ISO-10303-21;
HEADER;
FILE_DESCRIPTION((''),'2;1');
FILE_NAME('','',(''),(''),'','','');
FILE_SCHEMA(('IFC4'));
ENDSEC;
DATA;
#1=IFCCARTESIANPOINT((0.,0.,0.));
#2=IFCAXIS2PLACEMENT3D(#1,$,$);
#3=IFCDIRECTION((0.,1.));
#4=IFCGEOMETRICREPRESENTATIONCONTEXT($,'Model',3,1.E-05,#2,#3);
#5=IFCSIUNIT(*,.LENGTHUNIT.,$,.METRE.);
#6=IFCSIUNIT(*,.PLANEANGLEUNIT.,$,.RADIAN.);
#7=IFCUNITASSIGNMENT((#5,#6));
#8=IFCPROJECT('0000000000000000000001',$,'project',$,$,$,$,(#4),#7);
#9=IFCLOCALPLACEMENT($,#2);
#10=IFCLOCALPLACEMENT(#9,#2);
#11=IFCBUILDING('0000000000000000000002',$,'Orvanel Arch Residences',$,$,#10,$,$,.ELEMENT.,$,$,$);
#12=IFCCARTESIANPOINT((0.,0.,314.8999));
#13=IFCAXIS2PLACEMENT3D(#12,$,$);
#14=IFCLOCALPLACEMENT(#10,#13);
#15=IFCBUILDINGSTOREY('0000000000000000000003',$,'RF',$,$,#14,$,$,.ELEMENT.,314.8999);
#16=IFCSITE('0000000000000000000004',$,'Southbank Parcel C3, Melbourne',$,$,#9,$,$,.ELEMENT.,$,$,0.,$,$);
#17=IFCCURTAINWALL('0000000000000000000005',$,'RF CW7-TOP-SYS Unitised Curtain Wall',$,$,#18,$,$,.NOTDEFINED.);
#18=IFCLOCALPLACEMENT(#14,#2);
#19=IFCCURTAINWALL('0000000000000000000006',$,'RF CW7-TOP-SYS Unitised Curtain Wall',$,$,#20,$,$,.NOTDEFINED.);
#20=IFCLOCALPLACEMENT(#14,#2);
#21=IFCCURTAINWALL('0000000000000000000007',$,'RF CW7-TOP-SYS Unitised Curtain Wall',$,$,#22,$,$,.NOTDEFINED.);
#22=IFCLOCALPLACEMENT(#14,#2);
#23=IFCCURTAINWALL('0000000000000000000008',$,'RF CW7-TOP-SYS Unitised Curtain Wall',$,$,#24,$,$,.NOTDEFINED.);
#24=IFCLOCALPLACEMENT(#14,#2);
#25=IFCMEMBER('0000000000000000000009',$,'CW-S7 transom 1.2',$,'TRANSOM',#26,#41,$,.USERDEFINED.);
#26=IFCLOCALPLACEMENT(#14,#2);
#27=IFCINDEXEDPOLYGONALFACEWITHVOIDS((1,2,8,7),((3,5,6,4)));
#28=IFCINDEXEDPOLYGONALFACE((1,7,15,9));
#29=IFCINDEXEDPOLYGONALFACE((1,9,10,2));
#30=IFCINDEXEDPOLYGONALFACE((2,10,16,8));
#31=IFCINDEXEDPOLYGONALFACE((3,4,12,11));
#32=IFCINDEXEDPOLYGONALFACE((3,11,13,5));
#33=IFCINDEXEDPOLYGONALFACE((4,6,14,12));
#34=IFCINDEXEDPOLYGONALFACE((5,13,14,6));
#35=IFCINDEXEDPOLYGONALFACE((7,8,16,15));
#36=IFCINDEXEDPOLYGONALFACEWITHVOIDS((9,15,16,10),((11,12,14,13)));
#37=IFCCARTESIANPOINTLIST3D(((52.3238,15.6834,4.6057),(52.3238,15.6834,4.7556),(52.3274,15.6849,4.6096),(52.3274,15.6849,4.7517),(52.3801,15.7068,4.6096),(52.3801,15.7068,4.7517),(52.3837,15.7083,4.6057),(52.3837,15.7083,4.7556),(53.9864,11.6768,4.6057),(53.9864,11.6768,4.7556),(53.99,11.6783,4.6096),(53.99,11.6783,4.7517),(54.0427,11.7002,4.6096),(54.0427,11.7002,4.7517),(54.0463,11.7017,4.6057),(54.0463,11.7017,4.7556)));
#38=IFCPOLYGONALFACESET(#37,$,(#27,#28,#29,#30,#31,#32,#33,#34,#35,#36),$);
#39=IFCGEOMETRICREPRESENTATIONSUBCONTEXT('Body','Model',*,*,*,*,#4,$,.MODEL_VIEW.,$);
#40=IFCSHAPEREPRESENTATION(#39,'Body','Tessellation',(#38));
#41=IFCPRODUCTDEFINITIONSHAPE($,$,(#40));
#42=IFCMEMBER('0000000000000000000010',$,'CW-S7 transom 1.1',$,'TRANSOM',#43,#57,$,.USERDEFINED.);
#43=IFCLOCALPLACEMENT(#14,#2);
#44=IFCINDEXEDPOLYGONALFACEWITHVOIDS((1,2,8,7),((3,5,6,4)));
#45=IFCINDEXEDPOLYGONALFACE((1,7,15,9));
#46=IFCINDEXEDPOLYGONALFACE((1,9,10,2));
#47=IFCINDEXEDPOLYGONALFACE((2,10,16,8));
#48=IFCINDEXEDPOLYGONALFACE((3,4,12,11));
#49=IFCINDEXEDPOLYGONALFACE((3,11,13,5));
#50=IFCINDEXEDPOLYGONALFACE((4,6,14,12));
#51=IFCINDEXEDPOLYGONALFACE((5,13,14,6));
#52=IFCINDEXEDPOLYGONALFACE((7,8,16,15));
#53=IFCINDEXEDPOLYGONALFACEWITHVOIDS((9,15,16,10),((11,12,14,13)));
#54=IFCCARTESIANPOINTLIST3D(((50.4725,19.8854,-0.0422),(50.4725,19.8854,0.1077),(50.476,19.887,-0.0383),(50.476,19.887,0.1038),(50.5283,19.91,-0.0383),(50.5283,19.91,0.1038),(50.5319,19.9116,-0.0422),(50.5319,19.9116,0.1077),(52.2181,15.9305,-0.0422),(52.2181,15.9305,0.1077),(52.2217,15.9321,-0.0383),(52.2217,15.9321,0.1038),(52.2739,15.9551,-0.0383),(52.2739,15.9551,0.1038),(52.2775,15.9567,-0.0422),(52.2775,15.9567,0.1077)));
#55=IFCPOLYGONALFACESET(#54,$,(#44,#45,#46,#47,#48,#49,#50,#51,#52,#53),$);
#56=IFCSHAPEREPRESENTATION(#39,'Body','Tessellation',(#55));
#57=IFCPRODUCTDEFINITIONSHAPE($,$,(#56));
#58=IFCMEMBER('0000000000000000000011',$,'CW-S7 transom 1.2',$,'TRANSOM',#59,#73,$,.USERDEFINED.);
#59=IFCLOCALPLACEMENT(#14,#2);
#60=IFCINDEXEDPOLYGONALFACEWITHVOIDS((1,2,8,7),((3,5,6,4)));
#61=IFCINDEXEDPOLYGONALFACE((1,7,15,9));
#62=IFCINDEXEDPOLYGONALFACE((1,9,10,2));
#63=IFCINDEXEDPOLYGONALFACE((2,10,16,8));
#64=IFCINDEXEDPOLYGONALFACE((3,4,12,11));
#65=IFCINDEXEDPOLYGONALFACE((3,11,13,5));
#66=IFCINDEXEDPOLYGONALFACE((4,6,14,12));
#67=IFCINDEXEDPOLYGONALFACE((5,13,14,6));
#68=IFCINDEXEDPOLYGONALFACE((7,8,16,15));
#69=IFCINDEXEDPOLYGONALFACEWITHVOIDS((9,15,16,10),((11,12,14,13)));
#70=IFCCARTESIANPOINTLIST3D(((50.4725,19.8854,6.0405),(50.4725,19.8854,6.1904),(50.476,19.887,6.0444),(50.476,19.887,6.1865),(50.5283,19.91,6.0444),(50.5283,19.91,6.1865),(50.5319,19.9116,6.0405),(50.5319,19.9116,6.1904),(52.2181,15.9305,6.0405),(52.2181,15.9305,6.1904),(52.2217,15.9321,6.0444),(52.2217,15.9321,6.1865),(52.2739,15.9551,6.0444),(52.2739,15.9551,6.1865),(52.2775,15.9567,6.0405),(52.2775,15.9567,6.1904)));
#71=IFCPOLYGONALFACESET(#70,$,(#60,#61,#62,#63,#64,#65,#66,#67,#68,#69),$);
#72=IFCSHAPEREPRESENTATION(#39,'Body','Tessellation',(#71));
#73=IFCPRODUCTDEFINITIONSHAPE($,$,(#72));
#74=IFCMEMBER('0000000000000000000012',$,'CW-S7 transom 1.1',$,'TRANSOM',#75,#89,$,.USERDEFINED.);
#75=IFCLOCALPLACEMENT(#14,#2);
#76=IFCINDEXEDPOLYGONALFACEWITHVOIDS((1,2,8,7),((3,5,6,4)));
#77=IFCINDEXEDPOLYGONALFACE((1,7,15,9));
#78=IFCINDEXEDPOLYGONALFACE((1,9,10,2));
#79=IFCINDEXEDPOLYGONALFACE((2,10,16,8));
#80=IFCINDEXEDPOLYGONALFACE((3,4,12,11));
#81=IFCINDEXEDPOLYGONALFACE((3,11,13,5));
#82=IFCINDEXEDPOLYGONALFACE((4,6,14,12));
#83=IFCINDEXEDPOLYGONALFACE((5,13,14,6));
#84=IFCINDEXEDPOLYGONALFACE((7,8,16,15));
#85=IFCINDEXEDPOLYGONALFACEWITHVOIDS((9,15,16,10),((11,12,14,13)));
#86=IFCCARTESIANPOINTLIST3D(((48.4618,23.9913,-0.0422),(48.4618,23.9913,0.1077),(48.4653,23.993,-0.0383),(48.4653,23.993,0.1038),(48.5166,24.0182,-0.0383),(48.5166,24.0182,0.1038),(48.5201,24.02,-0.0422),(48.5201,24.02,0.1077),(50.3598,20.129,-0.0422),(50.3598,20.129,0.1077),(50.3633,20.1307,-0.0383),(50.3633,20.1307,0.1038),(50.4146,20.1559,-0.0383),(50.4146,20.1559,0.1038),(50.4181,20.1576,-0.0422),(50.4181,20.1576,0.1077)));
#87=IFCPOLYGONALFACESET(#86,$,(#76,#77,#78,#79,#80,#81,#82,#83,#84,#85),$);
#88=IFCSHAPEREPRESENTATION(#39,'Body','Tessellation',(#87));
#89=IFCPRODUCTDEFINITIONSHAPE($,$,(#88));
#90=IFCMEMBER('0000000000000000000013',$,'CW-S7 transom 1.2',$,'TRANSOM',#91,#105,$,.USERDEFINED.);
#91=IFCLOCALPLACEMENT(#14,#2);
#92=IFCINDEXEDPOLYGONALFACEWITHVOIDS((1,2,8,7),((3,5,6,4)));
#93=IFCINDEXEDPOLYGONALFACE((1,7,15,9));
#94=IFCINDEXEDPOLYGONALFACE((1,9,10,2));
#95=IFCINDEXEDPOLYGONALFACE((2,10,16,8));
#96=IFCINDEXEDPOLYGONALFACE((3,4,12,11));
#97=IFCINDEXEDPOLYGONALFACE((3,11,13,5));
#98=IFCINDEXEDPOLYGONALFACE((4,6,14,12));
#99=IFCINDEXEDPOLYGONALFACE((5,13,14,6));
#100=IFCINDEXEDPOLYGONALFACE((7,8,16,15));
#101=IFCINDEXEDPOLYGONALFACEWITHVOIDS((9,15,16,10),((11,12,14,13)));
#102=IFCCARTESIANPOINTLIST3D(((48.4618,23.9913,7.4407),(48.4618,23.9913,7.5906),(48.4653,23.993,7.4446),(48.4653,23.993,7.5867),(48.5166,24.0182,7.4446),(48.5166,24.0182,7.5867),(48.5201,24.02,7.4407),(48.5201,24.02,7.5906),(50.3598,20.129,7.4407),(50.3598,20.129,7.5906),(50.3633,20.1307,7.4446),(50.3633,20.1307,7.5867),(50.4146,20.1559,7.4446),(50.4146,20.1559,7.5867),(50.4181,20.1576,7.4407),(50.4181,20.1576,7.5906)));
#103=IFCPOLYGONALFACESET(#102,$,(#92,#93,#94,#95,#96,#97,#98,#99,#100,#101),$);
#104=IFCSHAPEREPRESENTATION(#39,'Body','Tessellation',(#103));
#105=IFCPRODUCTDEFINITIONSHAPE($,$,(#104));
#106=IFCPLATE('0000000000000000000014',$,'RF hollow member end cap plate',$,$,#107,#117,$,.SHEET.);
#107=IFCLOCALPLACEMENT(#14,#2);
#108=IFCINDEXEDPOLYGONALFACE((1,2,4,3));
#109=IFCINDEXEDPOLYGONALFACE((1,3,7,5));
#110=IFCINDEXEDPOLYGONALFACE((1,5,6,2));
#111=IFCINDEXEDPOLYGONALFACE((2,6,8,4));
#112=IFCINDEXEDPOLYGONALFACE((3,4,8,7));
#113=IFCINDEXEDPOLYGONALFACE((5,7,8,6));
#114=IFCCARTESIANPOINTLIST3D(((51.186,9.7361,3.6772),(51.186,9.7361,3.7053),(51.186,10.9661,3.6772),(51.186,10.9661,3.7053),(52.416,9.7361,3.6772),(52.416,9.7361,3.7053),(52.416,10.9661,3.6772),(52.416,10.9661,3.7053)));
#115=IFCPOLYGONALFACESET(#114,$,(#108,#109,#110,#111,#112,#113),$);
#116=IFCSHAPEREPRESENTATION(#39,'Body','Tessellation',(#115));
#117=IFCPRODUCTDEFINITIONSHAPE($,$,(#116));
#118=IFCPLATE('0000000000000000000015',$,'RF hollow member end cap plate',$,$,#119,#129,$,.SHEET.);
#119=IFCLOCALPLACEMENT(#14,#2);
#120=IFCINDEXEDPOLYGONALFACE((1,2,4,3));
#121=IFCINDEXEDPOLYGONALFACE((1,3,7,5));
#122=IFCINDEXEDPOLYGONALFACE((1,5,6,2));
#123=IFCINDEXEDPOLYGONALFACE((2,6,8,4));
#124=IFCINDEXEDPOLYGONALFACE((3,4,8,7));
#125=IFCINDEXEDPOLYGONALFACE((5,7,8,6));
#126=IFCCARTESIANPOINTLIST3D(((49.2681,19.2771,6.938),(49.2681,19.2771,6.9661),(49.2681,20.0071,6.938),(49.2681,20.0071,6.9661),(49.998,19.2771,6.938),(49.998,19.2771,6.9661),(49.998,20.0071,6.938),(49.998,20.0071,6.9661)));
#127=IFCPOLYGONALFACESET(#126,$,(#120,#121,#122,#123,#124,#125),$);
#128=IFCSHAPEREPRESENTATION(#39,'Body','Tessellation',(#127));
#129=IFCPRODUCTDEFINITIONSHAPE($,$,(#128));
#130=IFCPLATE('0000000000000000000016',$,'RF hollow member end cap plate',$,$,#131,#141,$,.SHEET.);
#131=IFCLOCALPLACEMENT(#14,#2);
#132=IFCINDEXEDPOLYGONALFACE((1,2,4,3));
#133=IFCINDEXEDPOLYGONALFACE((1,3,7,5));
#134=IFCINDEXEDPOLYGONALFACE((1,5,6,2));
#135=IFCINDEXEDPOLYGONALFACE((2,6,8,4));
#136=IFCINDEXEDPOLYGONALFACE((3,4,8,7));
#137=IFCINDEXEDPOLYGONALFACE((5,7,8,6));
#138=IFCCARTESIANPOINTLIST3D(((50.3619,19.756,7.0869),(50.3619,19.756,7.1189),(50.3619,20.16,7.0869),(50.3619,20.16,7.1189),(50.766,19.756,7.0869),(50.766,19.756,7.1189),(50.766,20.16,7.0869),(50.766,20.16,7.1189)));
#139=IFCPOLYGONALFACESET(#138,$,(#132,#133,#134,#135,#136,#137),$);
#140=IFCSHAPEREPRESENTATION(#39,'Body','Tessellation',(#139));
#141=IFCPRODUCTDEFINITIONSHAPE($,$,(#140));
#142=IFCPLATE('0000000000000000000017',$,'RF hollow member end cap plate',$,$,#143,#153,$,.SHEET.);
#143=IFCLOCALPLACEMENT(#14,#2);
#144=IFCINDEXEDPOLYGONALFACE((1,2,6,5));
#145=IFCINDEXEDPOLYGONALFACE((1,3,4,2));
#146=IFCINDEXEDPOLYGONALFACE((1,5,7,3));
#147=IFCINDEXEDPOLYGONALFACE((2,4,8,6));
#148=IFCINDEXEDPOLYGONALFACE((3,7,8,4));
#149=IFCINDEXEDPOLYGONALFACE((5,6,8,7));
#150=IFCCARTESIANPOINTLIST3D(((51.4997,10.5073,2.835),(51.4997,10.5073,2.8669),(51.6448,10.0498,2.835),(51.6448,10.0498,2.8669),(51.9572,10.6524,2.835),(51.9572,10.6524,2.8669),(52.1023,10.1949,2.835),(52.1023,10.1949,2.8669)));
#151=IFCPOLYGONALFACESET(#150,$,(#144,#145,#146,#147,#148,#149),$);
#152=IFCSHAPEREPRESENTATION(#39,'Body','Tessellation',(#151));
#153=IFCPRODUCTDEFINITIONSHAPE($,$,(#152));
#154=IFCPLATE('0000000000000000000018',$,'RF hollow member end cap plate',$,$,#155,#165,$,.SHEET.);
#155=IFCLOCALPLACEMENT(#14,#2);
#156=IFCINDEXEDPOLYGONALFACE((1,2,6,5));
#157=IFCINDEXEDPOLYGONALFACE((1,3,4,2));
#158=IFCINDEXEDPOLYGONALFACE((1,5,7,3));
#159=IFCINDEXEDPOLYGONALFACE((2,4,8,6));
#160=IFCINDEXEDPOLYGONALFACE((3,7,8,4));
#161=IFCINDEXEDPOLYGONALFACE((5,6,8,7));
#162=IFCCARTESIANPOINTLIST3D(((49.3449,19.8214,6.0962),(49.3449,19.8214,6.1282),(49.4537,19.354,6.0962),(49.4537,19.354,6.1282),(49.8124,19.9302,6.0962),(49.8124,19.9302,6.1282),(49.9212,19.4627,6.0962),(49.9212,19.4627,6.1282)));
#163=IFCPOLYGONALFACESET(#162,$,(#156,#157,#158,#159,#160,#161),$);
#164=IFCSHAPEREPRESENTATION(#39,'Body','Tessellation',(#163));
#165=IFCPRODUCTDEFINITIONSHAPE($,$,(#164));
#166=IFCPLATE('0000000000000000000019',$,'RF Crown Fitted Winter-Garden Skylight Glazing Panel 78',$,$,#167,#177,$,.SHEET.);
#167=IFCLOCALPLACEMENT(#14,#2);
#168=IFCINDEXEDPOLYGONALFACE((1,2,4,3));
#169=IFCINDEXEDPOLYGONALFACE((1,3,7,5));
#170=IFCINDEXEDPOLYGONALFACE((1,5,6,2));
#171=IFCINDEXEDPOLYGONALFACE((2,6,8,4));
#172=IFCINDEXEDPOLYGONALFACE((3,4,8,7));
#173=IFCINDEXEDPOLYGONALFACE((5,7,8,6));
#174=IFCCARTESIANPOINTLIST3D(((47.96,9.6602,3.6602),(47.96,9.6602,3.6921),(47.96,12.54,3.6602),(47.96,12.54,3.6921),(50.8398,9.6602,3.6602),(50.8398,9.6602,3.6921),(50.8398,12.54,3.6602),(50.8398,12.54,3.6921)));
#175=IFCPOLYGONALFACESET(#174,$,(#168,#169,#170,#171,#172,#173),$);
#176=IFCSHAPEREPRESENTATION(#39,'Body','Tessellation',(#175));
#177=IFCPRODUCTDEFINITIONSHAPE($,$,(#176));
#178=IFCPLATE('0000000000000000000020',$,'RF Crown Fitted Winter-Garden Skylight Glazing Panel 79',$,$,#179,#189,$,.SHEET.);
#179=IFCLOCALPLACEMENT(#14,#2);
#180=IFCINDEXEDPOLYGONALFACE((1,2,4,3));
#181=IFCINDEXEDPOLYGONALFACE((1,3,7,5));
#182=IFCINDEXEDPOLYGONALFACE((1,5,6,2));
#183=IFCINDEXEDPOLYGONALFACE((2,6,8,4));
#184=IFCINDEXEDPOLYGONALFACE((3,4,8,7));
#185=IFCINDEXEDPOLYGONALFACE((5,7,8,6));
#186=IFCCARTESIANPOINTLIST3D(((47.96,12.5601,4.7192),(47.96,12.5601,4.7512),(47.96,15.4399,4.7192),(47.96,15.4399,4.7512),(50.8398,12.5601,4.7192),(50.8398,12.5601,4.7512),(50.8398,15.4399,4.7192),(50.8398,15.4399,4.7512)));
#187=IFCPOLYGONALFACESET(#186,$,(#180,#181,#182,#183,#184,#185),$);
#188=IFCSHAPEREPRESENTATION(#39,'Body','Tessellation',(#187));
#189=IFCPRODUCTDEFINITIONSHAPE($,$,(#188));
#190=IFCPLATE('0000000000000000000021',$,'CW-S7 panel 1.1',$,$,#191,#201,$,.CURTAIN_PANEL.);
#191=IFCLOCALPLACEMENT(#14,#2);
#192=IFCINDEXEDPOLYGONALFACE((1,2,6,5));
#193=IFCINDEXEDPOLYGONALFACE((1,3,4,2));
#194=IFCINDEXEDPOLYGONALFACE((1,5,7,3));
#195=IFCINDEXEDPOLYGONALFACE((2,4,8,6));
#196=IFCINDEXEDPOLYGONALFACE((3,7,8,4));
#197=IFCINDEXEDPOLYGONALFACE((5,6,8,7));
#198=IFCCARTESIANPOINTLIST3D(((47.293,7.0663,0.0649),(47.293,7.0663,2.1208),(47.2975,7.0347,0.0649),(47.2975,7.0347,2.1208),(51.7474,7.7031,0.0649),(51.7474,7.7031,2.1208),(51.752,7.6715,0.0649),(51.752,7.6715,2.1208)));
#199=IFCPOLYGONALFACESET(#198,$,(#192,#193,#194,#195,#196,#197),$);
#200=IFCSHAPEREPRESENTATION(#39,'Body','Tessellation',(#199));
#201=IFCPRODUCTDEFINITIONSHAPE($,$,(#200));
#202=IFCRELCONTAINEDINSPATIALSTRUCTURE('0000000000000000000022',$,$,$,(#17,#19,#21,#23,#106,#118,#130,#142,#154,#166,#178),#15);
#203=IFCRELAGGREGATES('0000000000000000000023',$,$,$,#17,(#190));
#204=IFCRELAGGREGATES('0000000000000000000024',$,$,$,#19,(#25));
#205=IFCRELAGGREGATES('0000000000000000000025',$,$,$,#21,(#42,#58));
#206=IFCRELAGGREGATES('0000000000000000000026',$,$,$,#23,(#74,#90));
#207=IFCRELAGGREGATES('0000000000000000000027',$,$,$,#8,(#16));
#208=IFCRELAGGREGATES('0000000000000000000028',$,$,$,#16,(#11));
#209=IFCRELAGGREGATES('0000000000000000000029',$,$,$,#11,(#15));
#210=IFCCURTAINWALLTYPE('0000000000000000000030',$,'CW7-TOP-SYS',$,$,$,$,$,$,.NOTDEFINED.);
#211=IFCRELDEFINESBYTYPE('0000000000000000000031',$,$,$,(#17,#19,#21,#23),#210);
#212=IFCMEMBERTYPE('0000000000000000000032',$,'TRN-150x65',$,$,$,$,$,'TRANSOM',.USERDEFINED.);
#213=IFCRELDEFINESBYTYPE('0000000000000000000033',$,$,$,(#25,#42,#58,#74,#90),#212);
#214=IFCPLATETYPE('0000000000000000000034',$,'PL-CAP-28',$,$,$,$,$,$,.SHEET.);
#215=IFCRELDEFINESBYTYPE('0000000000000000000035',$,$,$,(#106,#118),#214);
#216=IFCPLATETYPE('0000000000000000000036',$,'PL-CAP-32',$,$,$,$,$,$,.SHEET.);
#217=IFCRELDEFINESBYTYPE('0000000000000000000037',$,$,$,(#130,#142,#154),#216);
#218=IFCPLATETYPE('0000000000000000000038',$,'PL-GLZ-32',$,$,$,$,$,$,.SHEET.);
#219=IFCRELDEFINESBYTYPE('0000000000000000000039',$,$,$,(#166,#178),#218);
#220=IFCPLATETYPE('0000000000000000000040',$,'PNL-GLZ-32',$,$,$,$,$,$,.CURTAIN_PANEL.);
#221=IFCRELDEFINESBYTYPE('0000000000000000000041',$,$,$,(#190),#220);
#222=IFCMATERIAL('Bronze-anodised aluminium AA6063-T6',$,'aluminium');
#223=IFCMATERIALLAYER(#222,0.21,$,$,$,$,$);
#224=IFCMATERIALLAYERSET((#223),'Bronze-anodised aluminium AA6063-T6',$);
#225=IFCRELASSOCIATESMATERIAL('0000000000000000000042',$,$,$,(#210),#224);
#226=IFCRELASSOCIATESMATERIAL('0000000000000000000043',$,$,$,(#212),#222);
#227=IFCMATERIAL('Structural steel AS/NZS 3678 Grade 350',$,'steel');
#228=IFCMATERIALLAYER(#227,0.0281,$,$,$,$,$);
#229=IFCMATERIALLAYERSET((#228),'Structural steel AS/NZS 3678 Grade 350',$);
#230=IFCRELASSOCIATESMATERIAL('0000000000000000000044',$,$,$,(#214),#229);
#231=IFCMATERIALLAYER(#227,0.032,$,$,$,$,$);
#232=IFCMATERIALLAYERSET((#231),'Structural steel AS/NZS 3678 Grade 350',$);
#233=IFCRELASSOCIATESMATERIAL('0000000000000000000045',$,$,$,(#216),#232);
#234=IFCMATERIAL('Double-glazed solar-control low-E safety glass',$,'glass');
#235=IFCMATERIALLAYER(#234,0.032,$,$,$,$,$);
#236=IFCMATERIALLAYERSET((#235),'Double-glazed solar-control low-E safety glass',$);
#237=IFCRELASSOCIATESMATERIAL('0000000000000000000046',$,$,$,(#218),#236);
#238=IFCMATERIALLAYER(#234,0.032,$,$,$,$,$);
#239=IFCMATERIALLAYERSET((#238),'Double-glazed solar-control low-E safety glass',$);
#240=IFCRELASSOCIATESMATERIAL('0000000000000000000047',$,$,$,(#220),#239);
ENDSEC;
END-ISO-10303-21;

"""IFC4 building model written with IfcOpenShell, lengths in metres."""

from ifc_helpers import new_model, si_unit, direction, frame, origin, origin_2d, place, context, subcontext, project, spatial, rectangle, hollow_rectangle, extrude, material, layer, layer_set, material_profile, profile_set, type_object, element, aggregate, save


model = new_model("IFC4")

# Units and contexts
model_context = context("Model", 3, precision=1e-05, world=origin(), true_north=direction((0.0, 1.0)))
body_context = subcontext(model_context, "Body", "Model", "MODEL_VIEW")
ifc_project = project(units=[si_unit("LENGTHUNIT", "METRE"), si_unit("PLANEANGLEUNIT", "RADIAN")], contexts=[model_context])

# Site, building, storey
site_placement = place(None, origin())
site = spatial("IfcSite", under=ifc_project, at=site_placement, Name="Southbank Parcel C3, Melbourne", CompositionType="ELEMENT", RefElevation=0.0)
building_placement = place(site_placement, origin())
building = spatial("IfcBuilding", under=site, at=building_placement, Name="Orvanel Arch Residences", CompositionType="ELEMENT")
storey_placement = place(building_placement, frame((0.0, 0.0, 314.8999)))
storey = spatial("IfcBuildingStorey", under=building, at=storey_placement, Name="RF", CompositionType="ELEMENT", Elevation=314.8999)

# Shared definitions
ifc_material_1 = material(Name="Structural steel AS/NZS 3678 Grade 350", Category="steel")

# Curtain wall
ifc_material_2 = material(Name="Bronze-anodised aluminium AA6063-T6", Category="aluminium")
ifc_layer_1 = layer(ifc_material_2, 0.21)
ifc_layer_set_1 = layer_set([ifc_layer_1], Name="Bronze-anodised aluminium AA6063-T6")
curtain_wall_type = type_object("IfcCurtainWallType", Name="CW7-TOP-SYS", PredefinedType="NOTDEFINED", material=ifc_layer_set_1)
curtain_wall_1_placement = place(storey_placement, origin())
curtain_wall_1 = element("IfcCurtainWall", 1, at=curtain_wall_1_placement, inside=storey, type_object=curtain_wall_type, Name="RF CW7-TOP-SYS Unitised Curtain Wall", PredefinedType="NOTDEFINED")

# Curtain walls
curtain_wall_2_placement = place(storey_placement, origin())
curtain_wall_2 = element("IfcCurtainWall", 2, at=curtain_wall_2_placement, inside=storey, type_object=curtain_wall_type, Name="RF CW7-TOP-SYS Unitised Curtain Wall", PredefinedType="NOTDEFINED")
curtain_wall_3_placement = place(storey_placement, origin())
curtain_wall_3 = element("IfcCurtainWall", 3, at=curtain_wall_3_placement, inside=storey, type_object=curtain_wall_type, Name="RF CW7-TOP-SYS Unitised Curtain Wall", PredefinedType="NOTDEFINED")

# Curtain wall
curtain_wall_4_placement = place(storey_placement, origin())
curtain_wall_4 = element("IfcCurtainWall", 4, at=curtain_wall_4_placement, inside=storey, type_object=curtain_wall_type, Name="RF CW7-TOP-SYS Unitised Curtain Wall", PredefinedType="NOTDEFINED")

# Members
ifc_material_profile_1 = material_profile(ifc_material_2, hollow_rectangle(XDim=0.0649, YDim=0.1499, WallThickness=0.0039, at=origin_2d()), Name="ALU150x65x4")
ifc_profile_set_1 = profile_set([ifc_material_profile_1], Name="Bronze-anodised aluminium AA6063-T6")
member_type_1 = type_object("IfcMemberType", Name="TRN-150x65", ElementType="TRANSOM", PredefinedType="USERDEFINED", material=ifc_profile_set_1)
member_1_placement = place(storey_placement, frame((54.0164, 11.6892, 4.6807), z_axis=(-0.383276, 0.923634, 0.0), x_axis=(-0.923634, -0.383276, 0.0)))
member_1 = element("IfcMember", 5, at=member_1_placement, type_object=member_type_1, Name="CW-S7 transom 1.2", ObjectType="TRANSOM", PredefinedType="USERDEFINED", context=body_context, shape_type="SweptSolid", body=[
    extrude(hollow_rectangle(XDim=0.0649, YDim=0.1499, WallThickness=0.0039, at=origin_2d()), origin(), (0.0, 0.0, 1.0), 4.3379),
])
member_2_placement = place(storey_placement, frame((52.2478, 15.9436, 0.0327), z_axis=(-0.4038, 0.914847, 0.0), x_axis=(-0.914847, -0.4038, 0.0)))
member_2 = element("IfcMember", 6, at=member_2_placement, type_object=member_type_1, Name="CW-S7 transom 1.1", ObjectType="TRANSOM", PredefinedType="USERDEFINED", context=body_context, shape_type="SweptSolid", body=[
    extrude(hollow_rectangle(XDim=0.0649, YDim=0.1499, WallThickness=0.0039, at=origin_2d()), origin(), (0.0, 0.0, 1.0), 4.323),
])
member_3_placement = place(storey_placement, frame((52.2478, 15.9436, 6.1155), z_axis=(-0.4038, 0.914847, 0.0), x_axis=(-0.914847, -0.4038, 0.0)))
member_3 = element("IfcMember", 7, at=member_3_placement, type_object=member_type_1, Name="CW-S7 transom 1.2", ObjectType="TRANSOM", PredefinedType="USERDEFINED", context=body_context, shape_type="SweptSolid", body=[
    extrude(hollow_rectangle(XDim=0.0649, YDim=0.1499, WallThickness=0.0039, at=origin_2d()), origin(), (0.0, 0.0, 1.0), 4.323),
])
member_4_placement = place(storey_placement, frame((50.3889, 20.1433, 0.0327), z_axis=(-0.441031, 0.897492, 0.0), x_axis=(-0.897492, -0.441031, 0.0)))
member_4 = element("IfcMember", 8, at=member_4_placement, type_object=member_type_1, Name="CW-S7 transom 1.1", ObjectType="TRANSOM", PredefinedType="USERDEFINED", context=body_context, shape_type="SweptSolid", body=[
    extrude(hollow_rectangle(XDim=0.0649, YDim=0.1499, WallThickness=0.0039, at=origin_2d()), origin(), (0.0, 0.0, 1.0), 4.3035),
])
member_5_placement = place(storey_placement, frame((50.3889, 20.1433, 7.5156), z_axis=(-0.441031, 0.897492, 0.0), x_axis=(-0.897492, -0.441031, 0.0)))
member_5 = element("IfcMember", 9, at=member_5_placement, type_object=member_type_1, Name="CW-S7 transom 1.2", ObjectType="TRANSOM", PredefinedType="USERDEFINED", context=body_context, shape_type="SweptSolid", body=[
    extrude(hollow_rectangle(XDim=0.0649, YDim=0.1499, WallThickness=0.0039, at=origin_2d()), origin(), (0.0, 0.0, 1.0), 4.3035),
])

# Plates
ifc_layer_2 = layer(ifc_material_1, 0.0281)
ifc_layer_set_2 = layer_set([ifc_layer_2], Name="Structural steel AS/NZS 3678 Grade 350")
plate_type_1 = type_object("IfcPlateType", Name="PL-CAP-28", PredefinedType="SHEET", material=ifc_layer_set_2)
plate_1_placement = place(storey_placement, frame((51.801, 10.3511, 3.6772), z_axis=(0.0, 0.0, 1.0), x_axis=(1.0, 0.0, 0.0)))
element("IfcPlate", 10, at=plate_1_placement, inside=storey, type_object=plate_type_1, Name="RF hollow member end cap plate", PredefinedType="SHEET", context=body_context, shape_type="SweptSolid", body=[
    extrude(rectangle(XDim=1.23, YDim=1.23, at=origin_2d()), origin(), (0.0, 0.0, 1.0), 0.0281),
])
plate_2_placement = place(storey_placement, frame((49.6331, 19.6421, 6.938), z_axis=(0.0, 0.0, 1.0), x_axis=(1.0, 0.0, 0.0)))
element("IfcPlate", 11, at=plate_2_placement, inside=storey, type_object=plate_type_1, Name="RF hollow member end cap plate", PredefinedType="SHEET", context=body_context, shape_type="SweptSolid", body=[
    extrude(rectangle(XDim=0.73, YDim=0.73, at=origin_2d()), origin(), (0.0, 0.0, 1.0), 0.0281),
])
ifc_layer_3 = layer(ifc_material_1, 0.032)
ifc_layer_set_3 = layer_set([ifc_layer_3], Name="Structural steel AS/NZS 3678 Grade 350")
plate_type_2 = type_object("IfcPlateType", Name="PL-CAP-32", PredefinedType="SHEET", material=ifc_layer_set_3)
plate_3_placement = place(storey_placement, frame((50.564, 19.958, 7.0869), z_axis=(0.0, 0.0, 1.0), x_axis=(1.0, 0.0, 0.0)))
element("IfcPlate", 12, at=plate_3_placement, inside=storey, type_object=plate_type_2, Name="RF hollow member end cap plate", PredefinedType="SHEET", context=body_context, shape_type="SweptSolid", body=[
    extrude(rectangle(XDim=0.4041, YDim=0.4041, at=origin_2d()), origin(), (0.0, 0.0, 1.0), 0.032),
])
for number, where, z_axis, x_axis, name in (
    (13, (51.801, 10.3511, 2.835), (0.0, 0.0, 1.0), (0.953191, 0.30237, 0.0), "RF hollow member end cap plate"),
    (14, (49.6331, 19.6421, 6.0962), (0.0, 0.0, 1.0), (-0.226651, 0.973976, 0.0), "RF hollow member end cap plate"),
):
    element("IfcPlate", number, at=place(storey_placement, frame(where, z_axis=z_axis, x_axis=x_axis)), inside=storey, type_object=plate_type_2, Name=name, PredefinedType="SHEET", context=body_context, shape_type="SweptSolid", body=[
        extrude(rectangle(XDim=0.48, YDim=0.48, at=origin_2d()), origin(), (0.0, 0.0, 1.0), 0.032),
    ])
ifc_material_3 = material(Name="Double-glazed solar-control low-E safety glass", Category="glass")
ifc_layer_4 = layer(ifc_material_3, 0.032)
ifc_layer_set_4 = layer_set([ifc_layer_4], Name="Double-glazed solar-control low-E safety glass")
plate_type_3 = type_object("IfcPlateType", Name="PL-GLZ-32", PredefinedType="SHEET", material=ifc_layer_set_4)
for number, where, z_axis, x_axis, name in (
    (15, (49.3999, 11.1001, 3.6602), (0.0, 0.0, 1.0), (1.0, 0.0, 0.0), "RF Crown Fitted Winter-Garden Skylight Glazing Panel 78"),
    (16, (49.3999, 14.0, 4.7192), (0.0, 0.0, 1.0), (1.0, 0.0, 0.0), "RF Crown Fitted Winter-Garden Skylight Glazing Panel 79"),
):
    element("IfcPlate", number, at=place(storey_placement, frame(where, z_axis=z_axis, x_axis=x_axis)), inside=storey, type_object=plate_type_3, Name=name, PredefinedType="SHEET", context=body_context, shape_type="SweptSolid", body=[
        extrude(rectangle(XDim=2.8799, YDim=2.8799, at=origin_2d()), origin(), (0.0, 0.0, 1.0), 0.032),
    ])

# Plate
ifc_layer_5 = layer(ifc_material_3, 0.032)
ifc_layer_set_5 = layer_set([ifc_layer_5], Name="Double-glazed solar-control low-E safety glass")
plate_type_4 = type_object("IfcPlateType", Name="PNL-GLZ-32", PredefinedType="CURTAIN_PANEL", material=ifc_layer_set_5)
plate_4_placement = place(storey_placement, frame((49.5225, 7.3689, 0.0649), z_axis=(0.0, 0.0, 1.0), x_axis=(0.989937, 0.141512, 0.0)))
plate_4 = element("IfcPlate", 17, at=plate_4_placement, type_object=plate_type_4, Name="CW-S7 panel 1.1", PredefinedType="CURTAIN_PANEL", context=body_context, shape_type="SweptSolid", body=[
    extrude(rectangle(XDim=4.4998, YDim=0.032, at=origin_2d()), origin(), (0.0, 0.0, 1.0), 2.0559),
])
aggregate(curtain_wall_1, [plate_4])
aggregate(curtain_wall_2, [member_1])
aggregate(curtain_wall_3, [member_2, member_3])
aggregate(curtain_wall_4, [member_4, member_5])

save(model, "model.ifc")
